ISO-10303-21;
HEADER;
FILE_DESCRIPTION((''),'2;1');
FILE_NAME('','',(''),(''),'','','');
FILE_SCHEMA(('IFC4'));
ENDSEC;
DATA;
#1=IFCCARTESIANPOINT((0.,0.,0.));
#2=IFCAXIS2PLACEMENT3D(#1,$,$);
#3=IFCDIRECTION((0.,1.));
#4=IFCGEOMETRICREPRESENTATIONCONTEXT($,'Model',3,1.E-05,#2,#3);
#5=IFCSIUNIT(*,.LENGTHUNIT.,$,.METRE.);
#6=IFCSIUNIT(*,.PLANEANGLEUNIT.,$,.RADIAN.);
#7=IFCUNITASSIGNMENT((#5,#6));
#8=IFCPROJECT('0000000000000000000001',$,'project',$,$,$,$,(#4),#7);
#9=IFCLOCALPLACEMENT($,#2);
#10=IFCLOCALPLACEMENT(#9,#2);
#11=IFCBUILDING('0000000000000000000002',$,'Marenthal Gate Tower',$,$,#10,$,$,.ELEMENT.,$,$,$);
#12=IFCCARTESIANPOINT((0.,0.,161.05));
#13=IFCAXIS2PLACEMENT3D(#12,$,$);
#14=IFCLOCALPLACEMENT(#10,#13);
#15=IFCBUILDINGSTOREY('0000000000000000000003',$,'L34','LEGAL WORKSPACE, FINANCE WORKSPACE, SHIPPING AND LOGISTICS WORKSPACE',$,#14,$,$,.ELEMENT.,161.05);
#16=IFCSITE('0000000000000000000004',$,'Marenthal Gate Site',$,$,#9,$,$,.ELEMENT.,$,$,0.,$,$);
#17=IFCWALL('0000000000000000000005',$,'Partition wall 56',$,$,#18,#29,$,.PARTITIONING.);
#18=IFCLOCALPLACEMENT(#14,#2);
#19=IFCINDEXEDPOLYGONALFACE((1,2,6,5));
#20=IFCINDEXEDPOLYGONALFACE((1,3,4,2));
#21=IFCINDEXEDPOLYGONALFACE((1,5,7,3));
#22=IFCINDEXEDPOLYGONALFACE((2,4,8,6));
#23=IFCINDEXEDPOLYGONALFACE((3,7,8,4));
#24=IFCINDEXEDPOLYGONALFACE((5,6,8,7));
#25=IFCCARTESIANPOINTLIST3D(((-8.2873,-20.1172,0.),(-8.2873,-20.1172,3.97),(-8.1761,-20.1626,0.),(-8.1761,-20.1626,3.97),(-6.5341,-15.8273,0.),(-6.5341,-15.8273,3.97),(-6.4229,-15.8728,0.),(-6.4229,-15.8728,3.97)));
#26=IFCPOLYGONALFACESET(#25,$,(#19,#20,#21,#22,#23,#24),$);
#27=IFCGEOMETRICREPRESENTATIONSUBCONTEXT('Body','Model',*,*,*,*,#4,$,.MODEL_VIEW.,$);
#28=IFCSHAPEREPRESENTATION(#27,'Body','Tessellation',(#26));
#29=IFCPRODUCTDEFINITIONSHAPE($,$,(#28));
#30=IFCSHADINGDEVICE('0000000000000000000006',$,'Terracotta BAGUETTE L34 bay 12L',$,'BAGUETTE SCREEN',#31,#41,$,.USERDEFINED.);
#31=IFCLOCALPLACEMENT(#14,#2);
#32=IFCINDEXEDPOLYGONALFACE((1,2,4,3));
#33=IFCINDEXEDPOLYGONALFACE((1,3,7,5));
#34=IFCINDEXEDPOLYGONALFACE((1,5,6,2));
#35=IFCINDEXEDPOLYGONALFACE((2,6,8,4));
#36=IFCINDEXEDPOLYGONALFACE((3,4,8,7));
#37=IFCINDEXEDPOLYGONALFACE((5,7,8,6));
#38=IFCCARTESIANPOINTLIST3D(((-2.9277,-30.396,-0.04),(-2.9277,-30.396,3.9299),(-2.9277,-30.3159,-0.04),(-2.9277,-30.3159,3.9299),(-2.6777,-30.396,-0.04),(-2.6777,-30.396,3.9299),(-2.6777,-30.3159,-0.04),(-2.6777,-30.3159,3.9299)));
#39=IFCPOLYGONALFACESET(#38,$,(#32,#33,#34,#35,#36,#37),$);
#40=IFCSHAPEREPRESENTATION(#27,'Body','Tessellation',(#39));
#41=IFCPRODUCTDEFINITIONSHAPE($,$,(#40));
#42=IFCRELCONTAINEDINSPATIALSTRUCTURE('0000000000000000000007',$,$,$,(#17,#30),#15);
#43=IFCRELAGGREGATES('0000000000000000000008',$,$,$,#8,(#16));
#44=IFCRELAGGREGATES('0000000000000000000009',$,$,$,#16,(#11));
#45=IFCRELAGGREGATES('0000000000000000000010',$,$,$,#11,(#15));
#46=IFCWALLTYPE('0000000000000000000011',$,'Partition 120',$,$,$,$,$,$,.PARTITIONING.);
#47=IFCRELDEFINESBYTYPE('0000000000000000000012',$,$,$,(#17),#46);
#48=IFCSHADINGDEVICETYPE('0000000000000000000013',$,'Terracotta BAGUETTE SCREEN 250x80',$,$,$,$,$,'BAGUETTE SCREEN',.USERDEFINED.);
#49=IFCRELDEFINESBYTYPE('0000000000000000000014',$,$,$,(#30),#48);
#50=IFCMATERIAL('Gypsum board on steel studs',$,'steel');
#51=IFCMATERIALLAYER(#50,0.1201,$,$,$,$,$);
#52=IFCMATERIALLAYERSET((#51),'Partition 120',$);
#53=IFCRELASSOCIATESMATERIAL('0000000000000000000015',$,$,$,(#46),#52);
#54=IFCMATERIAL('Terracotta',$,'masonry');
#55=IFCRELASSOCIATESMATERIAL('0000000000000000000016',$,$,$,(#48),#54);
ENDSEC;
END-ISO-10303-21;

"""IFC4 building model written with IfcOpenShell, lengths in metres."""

from ifc_helpers import new_model, si_unit, direction, frame, frame_2d, origin, origin_2d, place, context, subcontext, project, spatial, rectangle, extrude, material, layer, layer_set, material_profile, profile_set, type_object, element, save


model = new_model("IFC4")

# Units and contexts
model_context = context("Model", 3, precision=1e-05, world=origin(), true_north=direction((0.0, 1.0)))
body_context = subcontext(model_context, "Body", "Model", "MODEL_VIEW")
ifc_project = project(units=[si_unit("LENGTHUNIT", "METRE"), si_unit("PLANEANGLEUNIT", "RADIAN")], contexts=[model_context])

# Site, building, storey
site_placement = place(None, origin())
site = spatial("IfcSite", under=ifc_project, at=site_placement, Name="Marenthal Gate Site", CompositionType="ELEMENT", RefElevation=0.0)
building_placement = place(site_placement, origin())
building = spatial("IfcBuilding", under=site, at=building_placement, Name="Marenthal Gate Tower", CompositionType="ELEMENT")
storey_placement = place(building_placement, frame((0.0, 0.0, 161.05)))
storey = spatial("IfcBuildingStorey", under=building, at=storey_placement, Name="L34", Description="LEGAL WORKSPACE, FINANCE WORKSPACE, SHIPPING AND LOGISTICS WORKSPACE", CompositionType="ELEMENT", Elevation=161.05)

# Wall
ifc_material_1 = material(Name="Gypsum board on steel studs", Category="steel")
ifc_layer_1 = layer(ifc_material_1, 0.1201)
ifc_layer_set_1 = layer_set([ifc_layer_1], Name="Partition 120")
wall_type_1 = type_object("IfcWallType", Name="Partition 120", PredefinedType="PARTITIONING", material=ifc_layer_set_1)
wall_1_placement = place(storey_placement, frame((-8.2317, -20.1399, 0.0), z_axis=(0.0, 0.0, 1.0), x_axis=(0.378311, 0.925679, 0.0)))
element("IfcWall", 1, at=wall_1_placement, inside=storey, type_object=wall_type_1, Name="Partition wall 56", PredefinedType="PARTITIONING", context=body_context, shape_type="SweptSolid", body=[
    extrude(rectangle(XDim=4.6343, YDim=0.1201, at=frame_2d((2.3171, 0.0))), origin(), (0.0, 0.0, 1.0), 3.97),
])

# Shading device
ifc_material_2 = material(Name="Terracotta", Category="masonry")
ifc_material_profile_1 = material_profile(ifc_material_2, rectangle(XDim=0.25, YDim=0.0801, at=origin_2d()), Name="Terracotta baguette 250x80")
ifc_profile_set_1 = profile_set([ifc_material_profile_1], Name="Terracotta")
shading_device_type = type_object("IfcShadingDeviceType", Name="Terracotta BAGUETTE SCREEN 250x80", ElementType="BAGUETTE SCREEN", PredefinedType="USERDEFINED", material=ifc_profile_set_1)
shading_device_placement = place(storey_placement, frame((-2.8027, -30.356, -0.04), z_axis=(0.0, 0.0, 1.0), x_axis=(1.0, 0.0, 0.0)))
element("IfcShadingDevice", 2, at=shading_device_placement, inside=storey, type_object=shading_device_type, Name="Terracotta BAGUETTE L34 bay 12L", ObjectType="BAGUETTE SCREEN", PredefinedType="USERDEFINED", context=body_context, shape_type="SweptSolid", body=[
    extrude(rectangle(XDim=0.25, YDim=0.0801, at=origin_2d()), origin(), (0.0, 0.0, 1.0), 3.97),
])

save(model, "model.ifc")
